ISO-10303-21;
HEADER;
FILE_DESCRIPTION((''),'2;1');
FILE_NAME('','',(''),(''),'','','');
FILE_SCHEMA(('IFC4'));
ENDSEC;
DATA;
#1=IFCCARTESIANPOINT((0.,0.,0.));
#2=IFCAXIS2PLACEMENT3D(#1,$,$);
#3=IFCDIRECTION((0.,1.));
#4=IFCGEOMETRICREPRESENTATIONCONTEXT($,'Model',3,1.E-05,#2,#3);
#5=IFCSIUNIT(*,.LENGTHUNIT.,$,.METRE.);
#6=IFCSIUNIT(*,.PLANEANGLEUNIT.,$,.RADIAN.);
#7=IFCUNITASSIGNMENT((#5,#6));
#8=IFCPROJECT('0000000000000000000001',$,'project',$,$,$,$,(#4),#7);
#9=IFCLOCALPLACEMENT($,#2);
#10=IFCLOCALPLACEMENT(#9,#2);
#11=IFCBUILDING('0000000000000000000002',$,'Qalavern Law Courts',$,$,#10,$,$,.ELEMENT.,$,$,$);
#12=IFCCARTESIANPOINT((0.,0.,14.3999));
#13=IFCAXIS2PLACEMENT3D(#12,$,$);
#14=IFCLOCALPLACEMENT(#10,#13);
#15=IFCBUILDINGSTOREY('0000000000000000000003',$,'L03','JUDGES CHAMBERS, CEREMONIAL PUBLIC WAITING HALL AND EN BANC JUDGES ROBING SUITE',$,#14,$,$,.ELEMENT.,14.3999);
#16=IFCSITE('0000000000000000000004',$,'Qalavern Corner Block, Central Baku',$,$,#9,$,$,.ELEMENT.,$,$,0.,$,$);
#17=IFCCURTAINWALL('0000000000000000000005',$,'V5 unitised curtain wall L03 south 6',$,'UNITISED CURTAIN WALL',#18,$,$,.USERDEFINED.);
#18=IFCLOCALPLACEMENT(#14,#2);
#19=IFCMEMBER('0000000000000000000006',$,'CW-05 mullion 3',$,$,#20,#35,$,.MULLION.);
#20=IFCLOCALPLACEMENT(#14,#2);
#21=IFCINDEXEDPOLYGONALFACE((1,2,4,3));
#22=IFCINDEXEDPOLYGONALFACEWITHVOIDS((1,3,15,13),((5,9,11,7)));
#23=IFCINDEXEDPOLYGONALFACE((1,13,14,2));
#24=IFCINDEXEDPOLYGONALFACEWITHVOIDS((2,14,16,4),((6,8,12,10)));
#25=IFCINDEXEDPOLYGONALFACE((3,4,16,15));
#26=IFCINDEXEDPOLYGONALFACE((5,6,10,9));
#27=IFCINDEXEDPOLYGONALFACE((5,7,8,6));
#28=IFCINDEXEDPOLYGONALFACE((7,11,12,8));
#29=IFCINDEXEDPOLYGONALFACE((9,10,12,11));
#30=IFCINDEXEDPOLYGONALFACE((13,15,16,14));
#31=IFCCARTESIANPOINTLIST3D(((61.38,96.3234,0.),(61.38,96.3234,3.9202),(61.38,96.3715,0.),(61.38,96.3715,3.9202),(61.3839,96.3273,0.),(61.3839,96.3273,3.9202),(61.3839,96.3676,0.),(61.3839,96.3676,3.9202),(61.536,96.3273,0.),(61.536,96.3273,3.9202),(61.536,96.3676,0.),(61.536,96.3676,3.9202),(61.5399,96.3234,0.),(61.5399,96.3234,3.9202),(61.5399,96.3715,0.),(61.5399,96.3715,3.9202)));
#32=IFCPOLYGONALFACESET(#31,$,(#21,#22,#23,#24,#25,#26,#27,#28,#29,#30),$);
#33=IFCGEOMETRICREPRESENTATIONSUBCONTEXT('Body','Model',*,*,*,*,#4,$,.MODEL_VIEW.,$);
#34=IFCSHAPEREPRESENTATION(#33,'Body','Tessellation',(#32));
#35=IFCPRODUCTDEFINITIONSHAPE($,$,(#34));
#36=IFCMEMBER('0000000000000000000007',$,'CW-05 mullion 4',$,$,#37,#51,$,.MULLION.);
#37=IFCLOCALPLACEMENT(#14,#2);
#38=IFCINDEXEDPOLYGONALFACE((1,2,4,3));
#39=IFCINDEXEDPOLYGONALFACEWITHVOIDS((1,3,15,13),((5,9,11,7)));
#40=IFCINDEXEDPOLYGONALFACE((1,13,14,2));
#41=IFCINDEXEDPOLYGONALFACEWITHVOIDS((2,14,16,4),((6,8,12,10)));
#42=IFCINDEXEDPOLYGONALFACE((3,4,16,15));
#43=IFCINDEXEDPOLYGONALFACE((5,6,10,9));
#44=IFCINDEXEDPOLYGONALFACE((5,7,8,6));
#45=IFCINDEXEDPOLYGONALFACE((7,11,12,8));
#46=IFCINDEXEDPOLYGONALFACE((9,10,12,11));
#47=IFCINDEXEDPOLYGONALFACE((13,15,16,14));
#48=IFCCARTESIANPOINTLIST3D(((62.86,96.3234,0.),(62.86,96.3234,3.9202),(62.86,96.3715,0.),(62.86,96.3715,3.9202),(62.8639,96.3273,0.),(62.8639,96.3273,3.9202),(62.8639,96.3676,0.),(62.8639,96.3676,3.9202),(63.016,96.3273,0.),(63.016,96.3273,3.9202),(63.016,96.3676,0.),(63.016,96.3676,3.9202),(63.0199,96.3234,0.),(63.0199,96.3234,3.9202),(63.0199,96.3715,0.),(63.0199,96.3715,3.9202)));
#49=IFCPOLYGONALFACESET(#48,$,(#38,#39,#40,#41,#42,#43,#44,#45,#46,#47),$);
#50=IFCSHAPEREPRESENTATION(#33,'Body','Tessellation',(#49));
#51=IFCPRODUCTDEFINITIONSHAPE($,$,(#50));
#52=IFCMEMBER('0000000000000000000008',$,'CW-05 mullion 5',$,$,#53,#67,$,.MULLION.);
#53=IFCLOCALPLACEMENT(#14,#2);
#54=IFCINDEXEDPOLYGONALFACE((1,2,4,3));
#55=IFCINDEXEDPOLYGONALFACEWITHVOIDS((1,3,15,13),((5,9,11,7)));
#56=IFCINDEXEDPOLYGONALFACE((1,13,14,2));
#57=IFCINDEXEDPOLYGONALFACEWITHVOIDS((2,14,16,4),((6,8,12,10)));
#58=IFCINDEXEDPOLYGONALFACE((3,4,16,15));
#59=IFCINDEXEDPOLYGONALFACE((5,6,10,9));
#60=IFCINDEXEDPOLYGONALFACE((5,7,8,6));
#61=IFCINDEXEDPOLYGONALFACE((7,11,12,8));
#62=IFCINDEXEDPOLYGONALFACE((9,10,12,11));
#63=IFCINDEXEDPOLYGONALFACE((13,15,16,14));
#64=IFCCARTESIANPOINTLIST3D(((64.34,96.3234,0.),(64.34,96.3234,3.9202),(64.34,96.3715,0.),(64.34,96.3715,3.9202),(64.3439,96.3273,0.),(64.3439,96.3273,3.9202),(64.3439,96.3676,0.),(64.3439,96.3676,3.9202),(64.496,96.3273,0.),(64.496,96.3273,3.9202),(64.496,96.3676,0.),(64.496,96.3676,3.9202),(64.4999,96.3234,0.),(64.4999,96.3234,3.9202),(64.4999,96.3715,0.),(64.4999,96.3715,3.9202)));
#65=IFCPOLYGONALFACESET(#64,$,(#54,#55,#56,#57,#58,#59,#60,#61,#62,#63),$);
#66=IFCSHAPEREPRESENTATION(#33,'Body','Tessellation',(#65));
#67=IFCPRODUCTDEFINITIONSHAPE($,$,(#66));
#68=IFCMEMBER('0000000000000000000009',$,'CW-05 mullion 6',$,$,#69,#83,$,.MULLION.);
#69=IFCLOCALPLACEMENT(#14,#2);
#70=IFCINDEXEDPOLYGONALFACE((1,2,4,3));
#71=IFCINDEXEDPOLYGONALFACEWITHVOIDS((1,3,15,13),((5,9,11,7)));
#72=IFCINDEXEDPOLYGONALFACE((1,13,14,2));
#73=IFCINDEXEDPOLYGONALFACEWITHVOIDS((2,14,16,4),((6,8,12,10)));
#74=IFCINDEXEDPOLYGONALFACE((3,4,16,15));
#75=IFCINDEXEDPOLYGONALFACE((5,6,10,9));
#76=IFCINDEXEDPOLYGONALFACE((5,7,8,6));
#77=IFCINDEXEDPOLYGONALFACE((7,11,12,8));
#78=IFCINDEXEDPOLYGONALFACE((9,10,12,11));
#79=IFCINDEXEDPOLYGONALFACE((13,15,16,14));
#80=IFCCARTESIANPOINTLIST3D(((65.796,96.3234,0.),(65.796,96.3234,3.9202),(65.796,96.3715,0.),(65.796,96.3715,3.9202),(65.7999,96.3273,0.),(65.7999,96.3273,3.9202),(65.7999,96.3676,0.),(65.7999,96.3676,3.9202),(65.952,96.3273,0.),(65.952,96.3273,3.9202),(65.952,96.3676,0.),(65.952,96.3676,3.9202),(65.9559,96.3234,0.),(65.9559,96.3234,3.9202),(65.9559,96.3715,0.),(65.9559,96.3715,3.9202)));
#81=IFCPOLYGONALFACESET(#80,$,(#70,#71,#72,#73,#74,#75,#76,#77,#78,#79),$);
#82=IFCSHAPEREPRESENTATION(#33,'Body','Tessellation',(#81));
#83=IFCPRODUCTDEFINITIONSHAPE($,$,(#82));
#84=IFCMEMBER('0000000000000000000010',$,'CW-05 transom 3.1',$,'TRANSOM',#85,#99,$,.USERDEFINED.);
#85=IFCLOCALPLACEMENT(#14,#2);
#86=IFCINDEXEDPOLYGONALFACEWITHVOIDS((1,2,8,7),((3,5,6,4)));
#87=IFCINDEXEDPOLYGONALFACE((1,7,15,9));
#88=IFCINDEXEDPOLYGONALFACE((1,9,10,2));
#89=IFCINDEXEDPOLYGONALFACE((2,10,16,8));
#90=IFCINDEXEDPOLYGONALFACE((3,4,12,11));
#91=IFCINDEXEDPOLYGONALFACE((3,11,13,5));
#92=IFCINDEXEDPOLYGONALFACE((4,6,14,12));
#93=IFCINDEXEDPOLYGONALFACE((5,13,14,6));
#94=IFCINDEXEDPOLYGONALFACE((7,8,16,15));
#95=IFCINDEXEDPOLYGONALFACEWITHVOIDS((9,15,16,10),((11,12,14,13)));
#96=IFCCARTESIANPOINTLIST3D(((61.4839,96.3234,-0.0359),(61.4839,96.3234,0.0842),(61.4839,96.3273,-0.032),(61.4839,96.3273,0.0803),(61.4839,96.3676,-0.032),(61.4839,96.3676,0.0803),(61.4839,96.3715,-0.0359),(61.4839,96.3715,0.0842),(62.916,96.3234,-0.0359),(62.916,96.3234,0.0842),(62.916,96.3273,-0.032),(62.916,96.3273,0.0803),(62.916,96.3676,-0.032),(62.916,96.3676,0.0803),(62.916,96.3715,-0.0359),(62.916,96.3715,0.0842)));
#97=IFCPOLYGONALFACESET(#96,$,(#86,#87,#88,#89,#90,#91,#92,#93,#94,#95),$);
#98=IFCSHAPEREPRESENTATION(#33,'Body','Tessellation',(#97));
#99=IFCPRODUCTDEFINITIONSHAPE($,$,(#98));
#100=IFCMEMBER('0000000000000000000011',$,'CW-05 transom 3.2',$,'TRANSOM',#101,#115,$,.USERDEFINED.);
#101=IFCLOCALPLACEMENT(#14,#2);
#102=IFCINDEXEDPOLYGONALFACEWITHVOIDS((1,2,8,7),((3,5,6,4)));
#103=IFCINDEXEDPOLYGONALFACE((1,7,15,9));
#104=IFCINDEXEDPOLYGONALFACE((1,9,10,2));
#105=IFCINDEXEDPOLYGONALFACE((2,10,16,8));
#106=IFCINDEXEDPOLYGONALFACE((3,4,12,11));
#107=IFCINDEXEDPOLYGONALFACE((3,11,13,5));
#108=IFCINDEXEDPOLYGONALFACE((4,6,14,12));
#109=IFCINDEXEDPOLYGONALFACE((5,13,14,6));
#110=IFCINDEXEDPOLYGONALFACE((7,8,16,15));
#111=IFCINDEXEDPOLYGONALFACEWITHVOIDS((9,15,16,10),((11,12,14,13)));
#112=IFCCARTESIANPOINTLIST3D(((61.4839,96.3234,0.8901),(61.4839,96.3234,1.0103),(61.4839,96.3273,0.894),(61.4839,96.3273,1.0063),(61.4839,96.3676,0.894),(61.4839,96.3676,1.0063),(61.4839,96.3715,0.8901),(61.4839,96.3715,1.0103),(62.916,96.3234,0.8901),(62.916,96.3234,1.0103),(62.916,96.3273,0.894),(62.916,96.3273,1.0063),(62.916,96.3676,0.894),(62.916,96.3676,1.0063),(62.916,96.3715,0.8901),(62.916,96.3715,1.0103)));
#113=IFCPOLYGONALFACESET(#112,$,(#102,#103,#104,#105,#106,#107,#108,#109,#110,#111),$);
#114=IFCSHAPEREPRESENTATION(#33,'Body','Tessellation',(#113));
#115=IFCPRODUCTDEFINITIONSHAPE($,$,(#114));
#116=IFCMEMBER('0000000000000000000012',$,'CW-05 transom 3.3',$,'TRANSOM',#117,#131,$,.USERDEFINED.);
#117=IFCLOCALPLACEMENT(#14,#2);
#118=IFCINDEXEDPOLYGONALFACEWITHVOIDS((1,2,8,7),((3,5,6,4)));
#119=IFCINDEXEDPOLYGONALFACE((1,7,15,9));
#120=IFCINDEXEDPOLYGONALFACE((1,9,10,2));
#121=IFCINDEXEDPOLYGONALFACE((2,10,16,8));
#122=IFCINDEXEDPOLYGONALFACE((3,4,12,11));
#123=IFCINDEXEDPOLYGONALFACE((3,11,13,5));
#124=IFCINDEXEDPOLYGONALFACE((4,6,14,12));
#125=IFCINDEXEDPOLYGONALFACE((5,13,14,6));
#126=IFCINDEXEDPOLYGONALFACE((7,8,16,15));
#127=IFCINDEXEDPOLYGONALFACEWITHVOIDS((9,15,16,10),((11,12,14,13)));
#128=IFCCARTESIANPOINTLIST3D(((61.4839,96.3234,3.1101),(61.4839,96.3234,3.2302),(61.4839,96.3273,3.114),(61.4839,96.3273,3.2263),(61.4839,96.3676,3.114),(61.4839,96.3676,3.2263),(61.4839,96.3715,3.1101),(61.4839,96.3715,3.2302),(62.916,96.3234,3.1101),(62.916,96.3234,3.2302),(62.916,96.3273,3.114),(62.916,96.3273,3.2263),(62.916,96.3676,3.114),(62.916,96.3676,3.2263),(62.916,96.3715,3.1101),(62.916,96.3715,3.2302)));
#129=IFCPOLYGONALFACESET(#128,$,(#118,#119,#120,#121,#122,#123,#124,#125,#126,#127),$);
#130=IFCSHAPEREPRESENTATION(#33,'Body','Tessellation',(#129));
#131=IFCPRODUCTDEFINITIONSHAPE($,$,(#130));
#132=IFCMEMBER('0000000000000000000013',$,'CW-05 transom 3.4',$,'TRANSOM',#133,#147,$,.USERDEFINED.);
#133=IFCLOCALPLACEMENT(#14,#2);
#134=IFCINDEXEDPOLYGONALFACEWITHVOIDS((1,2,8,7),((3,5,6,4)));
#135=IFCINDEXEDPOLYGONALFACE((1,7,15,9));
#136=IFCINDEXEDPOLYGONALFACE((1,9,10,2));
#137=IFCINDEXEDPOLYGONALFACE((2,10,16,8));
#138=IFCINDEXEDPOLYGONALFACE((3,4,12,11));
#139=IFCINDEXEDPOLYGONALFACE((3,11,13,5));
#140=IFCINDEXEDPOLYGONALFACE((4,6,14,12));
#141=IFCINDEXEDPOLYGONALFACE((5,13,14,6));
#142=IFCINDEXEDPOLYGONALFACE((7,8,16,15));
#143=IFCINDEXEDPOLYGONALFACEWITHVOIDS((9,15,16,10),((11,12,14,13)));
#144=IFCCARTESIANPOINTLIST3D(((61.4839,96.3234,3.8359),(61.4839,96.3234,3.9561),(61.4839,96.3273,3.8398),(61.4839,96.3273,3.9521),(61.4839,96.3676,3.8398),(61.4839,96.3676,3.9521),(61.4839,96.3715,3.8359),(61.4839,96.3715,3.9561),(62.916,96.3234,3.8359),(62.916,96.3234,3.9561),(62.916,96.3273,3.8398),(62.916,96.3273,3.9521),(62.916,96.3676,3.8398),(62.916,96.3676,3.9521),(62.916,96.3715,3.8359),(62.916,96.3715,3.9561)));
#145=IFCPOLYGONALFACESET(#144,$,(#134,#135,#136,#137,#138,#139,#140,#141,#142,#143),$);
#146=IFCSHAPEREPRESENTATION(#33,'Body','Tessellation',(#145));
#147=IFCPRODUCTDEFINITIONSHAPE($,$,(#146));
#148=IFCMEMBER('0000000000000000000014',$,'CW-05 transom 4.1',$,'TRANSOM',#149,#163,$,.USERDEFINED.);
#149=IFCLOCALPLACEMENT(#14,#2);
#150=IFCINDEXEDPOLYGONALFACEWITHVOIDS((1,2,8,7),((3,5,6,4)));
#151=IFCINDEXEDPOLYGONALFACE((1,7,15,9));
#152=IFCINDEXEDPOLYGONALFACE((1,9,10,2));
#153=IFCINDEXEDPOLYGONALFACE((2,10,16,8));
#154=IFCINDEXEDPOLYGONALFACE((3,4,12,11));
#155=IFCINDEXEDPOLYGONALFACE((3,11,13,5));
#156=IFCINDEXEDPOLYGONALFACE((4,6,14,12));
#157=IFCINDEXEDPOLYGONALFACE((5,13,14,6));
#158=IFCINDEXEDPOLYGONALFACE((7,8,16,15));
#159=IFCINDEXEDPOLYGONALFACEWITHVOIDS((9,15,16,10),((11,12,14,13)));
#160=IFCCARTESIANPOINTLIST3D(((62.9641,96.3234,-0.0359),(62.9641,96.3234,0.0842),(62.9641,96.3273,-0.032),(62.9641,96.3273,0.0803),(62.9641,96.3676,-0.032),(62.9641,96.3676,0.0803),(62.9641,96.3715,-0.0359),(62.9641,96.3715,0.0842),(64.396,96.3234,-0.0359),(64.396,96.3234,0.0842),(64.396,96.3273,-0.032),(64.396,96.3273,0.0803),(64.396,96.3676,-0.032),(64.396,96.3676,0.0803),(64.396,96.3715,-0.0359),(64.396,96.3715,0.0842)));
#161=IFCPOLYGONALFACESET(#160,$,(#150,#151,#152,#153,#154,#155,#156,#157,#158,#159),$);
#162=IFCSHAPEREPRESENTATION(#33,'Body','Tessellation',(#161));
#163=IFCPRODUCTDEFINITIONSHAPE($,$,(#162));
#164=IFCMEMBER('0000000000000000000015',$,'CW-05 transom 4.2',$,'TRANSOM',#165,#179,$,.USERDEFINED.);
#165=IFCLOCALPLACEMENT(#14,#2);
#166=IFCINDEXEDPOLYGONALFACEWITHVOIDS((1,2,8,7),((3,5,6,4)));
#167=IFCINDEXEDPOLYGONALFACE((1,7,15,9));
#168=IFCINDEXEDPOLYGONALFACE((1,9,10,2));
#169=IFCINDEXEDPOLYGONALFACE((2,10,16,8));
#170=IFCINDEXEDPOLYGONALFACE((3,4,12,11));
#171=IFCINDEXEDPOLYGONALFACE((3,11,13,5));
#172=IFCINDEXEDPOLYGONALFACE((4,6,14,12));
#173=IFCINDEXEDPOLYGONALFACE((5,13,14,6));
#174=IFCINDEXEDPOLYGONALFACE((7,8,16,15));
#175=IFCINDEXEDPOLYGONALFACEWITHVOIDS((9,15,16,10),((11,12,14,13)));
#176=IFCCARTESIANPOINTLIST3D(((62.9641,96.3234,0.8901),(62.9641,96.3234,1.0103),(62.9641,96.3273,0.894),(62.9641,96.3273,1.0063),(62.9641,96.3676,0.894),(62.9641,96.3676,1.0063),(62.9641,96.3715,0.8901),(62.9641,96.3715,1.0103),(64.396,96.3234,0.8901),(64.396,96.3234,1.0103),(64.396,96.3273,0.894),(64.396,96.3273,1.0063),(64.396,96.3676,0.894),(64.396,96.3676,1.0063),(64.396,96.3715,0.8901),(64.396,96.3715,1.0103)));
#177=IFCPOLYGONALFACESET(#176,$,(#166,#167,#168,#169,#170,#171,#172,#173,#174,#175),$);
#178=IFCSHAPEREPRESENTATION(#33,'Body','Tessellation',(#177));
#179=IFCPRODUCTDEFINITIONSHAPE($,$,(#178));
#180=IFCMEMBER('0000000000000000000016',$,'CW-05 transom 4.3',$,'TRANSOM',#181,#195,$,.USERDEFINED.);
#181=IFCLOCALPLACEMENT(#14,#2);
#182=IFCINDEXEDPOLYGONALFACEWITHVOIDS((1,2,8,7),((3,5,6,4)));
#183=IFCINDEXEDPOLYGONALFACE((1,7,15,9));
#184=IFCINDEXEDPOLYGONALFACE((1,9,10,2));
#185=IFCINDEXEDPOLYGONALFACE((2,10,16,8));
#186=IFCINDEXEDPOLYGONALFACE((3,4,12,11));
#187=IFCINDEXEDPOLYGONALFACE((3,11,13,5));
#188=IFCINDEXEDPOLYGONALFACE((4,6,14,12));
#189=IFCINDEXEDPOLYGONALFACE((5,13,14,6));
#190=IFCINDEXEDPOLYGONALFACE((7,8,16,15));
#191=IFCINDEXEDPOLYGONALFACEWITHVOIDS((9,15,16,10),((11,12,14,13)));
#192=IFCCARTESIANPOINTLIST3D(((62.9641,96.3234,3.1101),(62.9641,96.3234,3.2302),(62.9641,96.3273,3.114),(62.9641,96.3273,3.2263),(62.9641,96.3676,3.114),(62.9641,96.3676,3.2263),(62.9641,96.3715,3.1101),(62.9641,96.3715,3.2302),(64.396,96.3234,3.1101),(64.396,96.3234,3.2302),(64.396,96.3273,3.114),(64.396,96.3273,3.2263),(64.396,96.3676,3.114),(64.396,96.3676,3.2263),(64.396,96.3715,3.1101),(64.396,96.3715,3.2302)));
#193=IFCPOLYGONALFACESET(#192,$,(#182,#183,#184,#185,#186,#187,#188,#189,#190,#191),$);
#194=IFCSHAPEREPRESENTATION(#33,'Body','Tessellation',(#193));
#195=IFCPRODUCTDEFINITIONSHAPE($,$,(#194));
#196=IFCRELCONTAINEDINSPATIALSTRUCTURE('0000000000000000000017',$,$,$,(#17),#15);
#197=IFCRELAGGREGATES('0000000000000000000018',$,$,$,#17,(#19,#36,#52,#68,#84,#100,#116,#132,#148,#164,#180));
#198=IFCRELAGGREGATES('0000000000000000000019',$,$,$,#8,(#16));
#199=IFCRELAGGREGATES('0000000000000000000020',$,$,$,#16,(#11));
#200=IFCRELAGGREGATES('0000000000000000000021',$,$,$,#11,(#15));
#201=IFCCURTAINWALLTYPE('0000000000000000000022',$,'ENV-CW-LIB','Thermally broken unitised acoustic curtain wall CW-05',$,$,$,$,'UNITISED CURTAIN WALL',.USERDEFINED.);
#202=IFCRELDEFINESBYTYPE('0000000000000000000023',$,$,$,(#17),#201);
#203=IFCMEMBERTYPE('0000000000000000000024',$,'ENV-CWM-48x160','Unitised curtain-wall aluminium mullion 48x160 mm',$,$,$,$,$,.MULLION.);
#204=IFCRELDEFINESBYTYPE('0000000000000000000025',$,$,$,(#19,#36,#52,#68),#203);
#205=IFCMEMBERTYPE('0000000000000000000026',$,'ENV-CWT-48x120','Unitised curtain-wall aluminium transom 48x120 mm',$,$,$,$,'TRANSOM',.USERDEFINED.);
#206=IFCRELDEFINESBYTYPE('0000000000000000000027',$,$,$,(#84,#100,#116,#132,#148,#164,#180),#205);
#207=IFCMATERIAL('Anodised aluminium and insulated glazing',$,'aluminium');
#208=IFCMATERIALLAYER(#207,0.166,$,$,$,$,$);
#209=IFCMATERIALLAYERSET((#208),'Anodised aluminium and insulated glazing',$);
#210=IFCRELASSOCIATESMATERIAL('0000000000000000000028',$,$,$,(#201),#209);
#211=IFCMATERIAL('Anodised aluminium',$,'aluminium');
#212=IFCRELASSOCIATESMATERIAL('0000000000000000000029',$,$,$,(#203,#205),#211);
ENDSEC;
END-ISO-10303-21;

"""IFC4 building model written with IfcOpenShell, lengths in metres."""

from ifc_helpers import new_model, si_unit, direction, frame, origin, origin_2d, place, context, subcontext, project, spatial, hollow_rectangle, extrude, material, layer, layer_set, material_profile, profile_set, type_object, element, aggregate, save


model = new_model("IFC4")

# Units and contexts
model_context = context("Model", 3, precision=1e-05, world=origin(), true_north=direction((0.0, 1.0)))
body_context = subcontext(model_context, "Body", "Model", "MODEL_VIEW")
ifc_project = project(units=[si_unit("LENGTHUNIT", "METRE"), si_unit("PLANEANGLEUNIT", "RADIAN")], contexts=[model_context])

# Site, building, storey
site_placement = place(None, origin())
site = spatial("IfcSite", under=ifc_project, at=site_placement, Name="Qalavern Corner Block, Central Baku", CompositionType="ELEMENT", RefElevation=0.0)
building_placement = place(site_placement, origin())
building = spatial("IfcBuilding", under=site, at=building_placement, Name="Qalavern Law Courts", CompositionType="ELEMENT")
storey_placement = place(building_placement, frame((0.0, 0.0, 14.3999)))
storey = spatial("IfcBuildingStorey", under=building, at=storey_placement, Name="L03", Description="JUDGES CHAMBERS, CEREMONIAL PUBLIC WAITING HALL AND EN BANC JUDGES ROBING SUITE", CompositionType="ELEMENT", Elevation=14.3999)

# Curtain wall, members
ifc_material_1 = material(Name="Anodised aluminium and insulated glazing", Category="aluminium")
ifc_layer_1 = layer(ifc_material_1, 0.166)
ifc_layer_set_1 = layer_set([ifc_layer_1], Name="Anodised aluminium and insulated glazing")
curtain_wall_type = type_object("IfcCurtainWallType", Name="ENV-CW-LIB", Description="Thermally broken unitised acoustic curtain wall CW-05", ElementType="UNITISED CURTAIN WALL", PredefinedType="USERDEFINED", material=ifc_layer_set_1)
curtain_wall_placement = place(storey_placement, origin())
curtain_wall = element("IfcCurtainWall", 1, at=curtain_wall_placement, inside=storey, type_object=curtain_wall_type, Name="V5 unitised curtain wall L03 south 6", ObjectType="UNITISED CURTAIN WALL", PredefinedType="USERDEFINED")
ifc_material_2 = material(Name="Anodised aluminium", Category="aluminium")
ifc_material_profile_1 = material_profile(ifc_material_2, hollow_rectangle(XDim=0.0481, YDim=0.1599, WallThickness=0.0039, at=origin_2d()), Name="ALU MULLION 48x160")
ifc_profile_set_1 = profile_set([ifc_material_profile_1], Name="Anodised aluminium")
member_type_1 = type_object("IfcMemberType", Name="ENV-CWM-48x160", Description="Unitised curtain-wall aluminium mullion 48x160 mm", PredefinedType="MULLION", material=ifc_profile_set_1)
member_1_placement = place(storey_placement, frame((61.46, 96.3474, 0.0), z_axis=(0.0, 0.0, 1.0), x_axis=(0.0, 1.0, 0.0)))
member_1 = element("IfcMember", 2, at=member_1_placement, type_object=member_type_1, Name="CW-05 mullion 3", PredefinedType="MULLION", context=body_context, shape_type="SweptSolid", body=[
    extrude(hollow_rectangle(XDim=0.0481, YDim=0.1599, WallThickness=0.0039, at=origin_2d()), origin(), (0.0, 0.0, 1.0), 3.9202),
])
member_2_placement = place(storey_placement, frame((62.9399, 96.3474, 0.0), z_axis=(0.0, 0.0, 1.0), x_axis=(0.0, 1.0, 0.0)))
member_2 = element("IfcMember", 3, at=member_2_placement, type_object=member_type_1, Name="CW-05 mullion 4", PredefinedType="MULLION", context=body_context, shape_type="SweptSolid", body=[
    extrude(hollow_rectangle(XDim=0.0481, YDim=0.1599, WallThickness=0.0039, at=origin_2d()), origin(), (0.0, 0.0, 1.0), 3.9202),
])
member_3_placement = place(storey_placement, frame((64.4199, 96.3474, 0.0), z_axis=(0.0, 0.0, 1.0), x_axis=(0.0, 1.0, 0.0)))
member_3 = element("IfcMember", 4, at=member_3_placement, type_object=member_type_1, Name="CW-05 mullion 5", PredefinedType="MULLION", context=body_context, shape_type="SweptSolid", body=[
    extrude(hollow_rectangle(XDim=0.0481, YDim=0.1599, WallThickness=0.0039, at=origin_2d()), origin(), (0.0, 0.0, 1.0), 3.9202),
])
member_4_placement = place(storey_placement, frame((65.876, 96.3474, 0.0), z_axis=(0.0, 0.0, 1.0), x_axis=(0.0, 1.0, 0.0)))
member_4 = element("IfcMember", 5, at=member_4_placement, type_object=member_type_1, Name="CW-05 mullion 6", PredefinedType="MULLION", context=body_context, shape_type="SweptSolid", body=[
    extrude(hollow_rectangle(XDim=0.0481, YDim=0.1599, WallThickness=0.0039, at=origin_2d()), origin(), (0.0, 0.0, 1.0), 3.9202),
])
ifc_material_profile_2 = material_profile(ifc_material_2, hollow_rectangle(XDim=0.0481, YDim=0.1201, WallThickness=0.0039, at=origin_2d()), Name="ALU TRANSOM 48x120")
ifc_profile_set_2 = profile_set([ifc_material_profile_2], Name="Anodised aluminium")
member_type_2 = type_object("IfcMemberType", Name="ENV-CWT-48x120", Description="Unitised curtain-wall aluminium transom 48x120 mm", ElementType="TRANSOM", PredefinedType="USERDEFINED", material=ifc_profile_set_2)
member_5_placement = place(storey_placement, frame((61.4839, 96.3474, 0.0242), z_axis=(1.0, 0.0, 0.0), x_axis=(0.0, 1.0, 0.0)))
member_5 = element("IfcMember", 6, at=member_5_placement, type_object=member_type_2, Name="CW-05 transom 3.1", ObjectType="TRANSOM", PredefinedType="USERDEFINED", context=body_context, shape_type="SweptSolid", body=[
    extrude(hollow_rectangle(XDim=0.0481, YDim=0.1201, WallThickness=0.0039, at=origin_2d()), origin(), (0.0, 0.0, 1.0), 1.4321),
])
member_6_placement = place(storey_placement, frame((61.4839, 96.3474, 0.9502), z_axis=(1.0, 0.0, 0.0), x_axis=(0.0, 1.0, 0.0)))
member_6 = element("IfcMember", 7, at=member_6_placement, type_object=member_type_2, Name="CW-05 transom 3.2", ObjectType="TRANSOM", PredefinedType="USERDEFINED", context=body_context, shape_type="SweptSolid", body=[
    extrude(hollow_rectangle(XDim=0.0481, YDim=0.1201, WallThickness=0.0039, at=origin_2d()), origin(), (0.0, 0.0, 1.0), 1.4321),
])
member_7_placement = place(storey_placement, frame((61.4839, 96.3474, 3.1702), z_axis=(1.0, 0.0, 0.0), x_axis=(0.0, 1.0, 0.0)))
member_7 = element("IfcMember", 8, at=member_7_placement, type_object=member_type_2, Name="CW-05 transom 3.3", ObjectType="TRANSOM", PredefinedType="USERDEFINED", context=body_context, shape_type="SweptSolid", body=[
    extrude(hollow_rectangle(XDim=0.0481, YDim=0.1201, WallThickness=0.0039, at=origin_2d()), origin(), (0.0, 0.0, 1.0), 1.4321),
])
member_8_placement = place(storey_placement, frame((61.4839, 96.3474, 3.896), z_axis=(1.0, 0.0, 0.0), x_axis=(0.0, 1.0, 0.0)))
member_8 = element("IfcMember", 9, at=member_8_placement, type_object=member_type_2, Name="CW-05 transom 3.4", ObjectType="TRANSOM", PredefinedType="USERDEFINED", context=body_context, shape_type="SweptSolid", body=[
    extrude(hollow_rectangle(XDim=0.0481, YDim=0.1201, WallThickness=0.0039, at=origin_2d()), origin(), (0.0, 0.0, 1.0), 1.4321),
])
member_9_placement = place(storey_placement, frame((62.9641, 96.3474, 0.0242), z_axis=(1.0, 0.0, 0.0), x_axis=(0.0, 1.0, 0.0)))
member_9 = element("IfcMember", 10, at=member_9_placement, type_object=member_type_2, Name="CW-05 transom 4.1", ObjectType="TRANSOM", PredefinedType="USERDEFINED", context=body_context, shape_type="SweptSolid", body=[
    extrude(hollow_rectangle(XDim=0.0481, YDim=0.1201, WallThickness=0.0039, at=origin_2d()), origin(), (0.0, 0.0, 1.0), 1.4319),
])
member_10_placement = place(storey_placement, frame((62.9641, 96.3474, 0.9502), z_axis=(1.0, 0.0, 0.0), x_axis=(0.0, 1.0, 0.0)))
member_10 = element("IfcMember", 11, at=member_10_placement, type_object=member_type_2, Name="CW-05 transom 4.2", ObjectType="TRANSOM", PredefinedType="USERDEFINED", context=body_context, shape_type="SweptSolid", body=[
    extrude(hollow_rectangle(XDim=0.0481, YDim=0.1201, WallThickness=0.0039, at=origin_2d()), origin(), (0.0, 0.0, 1.0), 1.4319),
])
member_11_placement = place(storey_placement, frame((62.9641, 96.3474, 3.1702), z_axis=(1.0, 0.0, 0.0), x_axis=(0.0, 1.0, 0.0)))
member_11 = element("IfcMember", 12, at=member_11_placement, type_object=member_type_2, Name="CW-05 transom 4.3", ObjectType="TRANSOM", PredefinedType="USERDEFINED", context=body_context, shape_type="SweptSolid", body=[
    extrude(hollow_rectangle(XDim=0.0481, YDim=0.1201, WallThickness=0.0039, at=origin_2d()), origin(), (0.0, 0.0, 1.0), 1.4319),
])
aggregate(curtain_wall, [member_1, member_2, member_3, member_4, member_5, member_6, member_7, member_8, member_9, member_10, member_11])

save(model, "model.ifc")
